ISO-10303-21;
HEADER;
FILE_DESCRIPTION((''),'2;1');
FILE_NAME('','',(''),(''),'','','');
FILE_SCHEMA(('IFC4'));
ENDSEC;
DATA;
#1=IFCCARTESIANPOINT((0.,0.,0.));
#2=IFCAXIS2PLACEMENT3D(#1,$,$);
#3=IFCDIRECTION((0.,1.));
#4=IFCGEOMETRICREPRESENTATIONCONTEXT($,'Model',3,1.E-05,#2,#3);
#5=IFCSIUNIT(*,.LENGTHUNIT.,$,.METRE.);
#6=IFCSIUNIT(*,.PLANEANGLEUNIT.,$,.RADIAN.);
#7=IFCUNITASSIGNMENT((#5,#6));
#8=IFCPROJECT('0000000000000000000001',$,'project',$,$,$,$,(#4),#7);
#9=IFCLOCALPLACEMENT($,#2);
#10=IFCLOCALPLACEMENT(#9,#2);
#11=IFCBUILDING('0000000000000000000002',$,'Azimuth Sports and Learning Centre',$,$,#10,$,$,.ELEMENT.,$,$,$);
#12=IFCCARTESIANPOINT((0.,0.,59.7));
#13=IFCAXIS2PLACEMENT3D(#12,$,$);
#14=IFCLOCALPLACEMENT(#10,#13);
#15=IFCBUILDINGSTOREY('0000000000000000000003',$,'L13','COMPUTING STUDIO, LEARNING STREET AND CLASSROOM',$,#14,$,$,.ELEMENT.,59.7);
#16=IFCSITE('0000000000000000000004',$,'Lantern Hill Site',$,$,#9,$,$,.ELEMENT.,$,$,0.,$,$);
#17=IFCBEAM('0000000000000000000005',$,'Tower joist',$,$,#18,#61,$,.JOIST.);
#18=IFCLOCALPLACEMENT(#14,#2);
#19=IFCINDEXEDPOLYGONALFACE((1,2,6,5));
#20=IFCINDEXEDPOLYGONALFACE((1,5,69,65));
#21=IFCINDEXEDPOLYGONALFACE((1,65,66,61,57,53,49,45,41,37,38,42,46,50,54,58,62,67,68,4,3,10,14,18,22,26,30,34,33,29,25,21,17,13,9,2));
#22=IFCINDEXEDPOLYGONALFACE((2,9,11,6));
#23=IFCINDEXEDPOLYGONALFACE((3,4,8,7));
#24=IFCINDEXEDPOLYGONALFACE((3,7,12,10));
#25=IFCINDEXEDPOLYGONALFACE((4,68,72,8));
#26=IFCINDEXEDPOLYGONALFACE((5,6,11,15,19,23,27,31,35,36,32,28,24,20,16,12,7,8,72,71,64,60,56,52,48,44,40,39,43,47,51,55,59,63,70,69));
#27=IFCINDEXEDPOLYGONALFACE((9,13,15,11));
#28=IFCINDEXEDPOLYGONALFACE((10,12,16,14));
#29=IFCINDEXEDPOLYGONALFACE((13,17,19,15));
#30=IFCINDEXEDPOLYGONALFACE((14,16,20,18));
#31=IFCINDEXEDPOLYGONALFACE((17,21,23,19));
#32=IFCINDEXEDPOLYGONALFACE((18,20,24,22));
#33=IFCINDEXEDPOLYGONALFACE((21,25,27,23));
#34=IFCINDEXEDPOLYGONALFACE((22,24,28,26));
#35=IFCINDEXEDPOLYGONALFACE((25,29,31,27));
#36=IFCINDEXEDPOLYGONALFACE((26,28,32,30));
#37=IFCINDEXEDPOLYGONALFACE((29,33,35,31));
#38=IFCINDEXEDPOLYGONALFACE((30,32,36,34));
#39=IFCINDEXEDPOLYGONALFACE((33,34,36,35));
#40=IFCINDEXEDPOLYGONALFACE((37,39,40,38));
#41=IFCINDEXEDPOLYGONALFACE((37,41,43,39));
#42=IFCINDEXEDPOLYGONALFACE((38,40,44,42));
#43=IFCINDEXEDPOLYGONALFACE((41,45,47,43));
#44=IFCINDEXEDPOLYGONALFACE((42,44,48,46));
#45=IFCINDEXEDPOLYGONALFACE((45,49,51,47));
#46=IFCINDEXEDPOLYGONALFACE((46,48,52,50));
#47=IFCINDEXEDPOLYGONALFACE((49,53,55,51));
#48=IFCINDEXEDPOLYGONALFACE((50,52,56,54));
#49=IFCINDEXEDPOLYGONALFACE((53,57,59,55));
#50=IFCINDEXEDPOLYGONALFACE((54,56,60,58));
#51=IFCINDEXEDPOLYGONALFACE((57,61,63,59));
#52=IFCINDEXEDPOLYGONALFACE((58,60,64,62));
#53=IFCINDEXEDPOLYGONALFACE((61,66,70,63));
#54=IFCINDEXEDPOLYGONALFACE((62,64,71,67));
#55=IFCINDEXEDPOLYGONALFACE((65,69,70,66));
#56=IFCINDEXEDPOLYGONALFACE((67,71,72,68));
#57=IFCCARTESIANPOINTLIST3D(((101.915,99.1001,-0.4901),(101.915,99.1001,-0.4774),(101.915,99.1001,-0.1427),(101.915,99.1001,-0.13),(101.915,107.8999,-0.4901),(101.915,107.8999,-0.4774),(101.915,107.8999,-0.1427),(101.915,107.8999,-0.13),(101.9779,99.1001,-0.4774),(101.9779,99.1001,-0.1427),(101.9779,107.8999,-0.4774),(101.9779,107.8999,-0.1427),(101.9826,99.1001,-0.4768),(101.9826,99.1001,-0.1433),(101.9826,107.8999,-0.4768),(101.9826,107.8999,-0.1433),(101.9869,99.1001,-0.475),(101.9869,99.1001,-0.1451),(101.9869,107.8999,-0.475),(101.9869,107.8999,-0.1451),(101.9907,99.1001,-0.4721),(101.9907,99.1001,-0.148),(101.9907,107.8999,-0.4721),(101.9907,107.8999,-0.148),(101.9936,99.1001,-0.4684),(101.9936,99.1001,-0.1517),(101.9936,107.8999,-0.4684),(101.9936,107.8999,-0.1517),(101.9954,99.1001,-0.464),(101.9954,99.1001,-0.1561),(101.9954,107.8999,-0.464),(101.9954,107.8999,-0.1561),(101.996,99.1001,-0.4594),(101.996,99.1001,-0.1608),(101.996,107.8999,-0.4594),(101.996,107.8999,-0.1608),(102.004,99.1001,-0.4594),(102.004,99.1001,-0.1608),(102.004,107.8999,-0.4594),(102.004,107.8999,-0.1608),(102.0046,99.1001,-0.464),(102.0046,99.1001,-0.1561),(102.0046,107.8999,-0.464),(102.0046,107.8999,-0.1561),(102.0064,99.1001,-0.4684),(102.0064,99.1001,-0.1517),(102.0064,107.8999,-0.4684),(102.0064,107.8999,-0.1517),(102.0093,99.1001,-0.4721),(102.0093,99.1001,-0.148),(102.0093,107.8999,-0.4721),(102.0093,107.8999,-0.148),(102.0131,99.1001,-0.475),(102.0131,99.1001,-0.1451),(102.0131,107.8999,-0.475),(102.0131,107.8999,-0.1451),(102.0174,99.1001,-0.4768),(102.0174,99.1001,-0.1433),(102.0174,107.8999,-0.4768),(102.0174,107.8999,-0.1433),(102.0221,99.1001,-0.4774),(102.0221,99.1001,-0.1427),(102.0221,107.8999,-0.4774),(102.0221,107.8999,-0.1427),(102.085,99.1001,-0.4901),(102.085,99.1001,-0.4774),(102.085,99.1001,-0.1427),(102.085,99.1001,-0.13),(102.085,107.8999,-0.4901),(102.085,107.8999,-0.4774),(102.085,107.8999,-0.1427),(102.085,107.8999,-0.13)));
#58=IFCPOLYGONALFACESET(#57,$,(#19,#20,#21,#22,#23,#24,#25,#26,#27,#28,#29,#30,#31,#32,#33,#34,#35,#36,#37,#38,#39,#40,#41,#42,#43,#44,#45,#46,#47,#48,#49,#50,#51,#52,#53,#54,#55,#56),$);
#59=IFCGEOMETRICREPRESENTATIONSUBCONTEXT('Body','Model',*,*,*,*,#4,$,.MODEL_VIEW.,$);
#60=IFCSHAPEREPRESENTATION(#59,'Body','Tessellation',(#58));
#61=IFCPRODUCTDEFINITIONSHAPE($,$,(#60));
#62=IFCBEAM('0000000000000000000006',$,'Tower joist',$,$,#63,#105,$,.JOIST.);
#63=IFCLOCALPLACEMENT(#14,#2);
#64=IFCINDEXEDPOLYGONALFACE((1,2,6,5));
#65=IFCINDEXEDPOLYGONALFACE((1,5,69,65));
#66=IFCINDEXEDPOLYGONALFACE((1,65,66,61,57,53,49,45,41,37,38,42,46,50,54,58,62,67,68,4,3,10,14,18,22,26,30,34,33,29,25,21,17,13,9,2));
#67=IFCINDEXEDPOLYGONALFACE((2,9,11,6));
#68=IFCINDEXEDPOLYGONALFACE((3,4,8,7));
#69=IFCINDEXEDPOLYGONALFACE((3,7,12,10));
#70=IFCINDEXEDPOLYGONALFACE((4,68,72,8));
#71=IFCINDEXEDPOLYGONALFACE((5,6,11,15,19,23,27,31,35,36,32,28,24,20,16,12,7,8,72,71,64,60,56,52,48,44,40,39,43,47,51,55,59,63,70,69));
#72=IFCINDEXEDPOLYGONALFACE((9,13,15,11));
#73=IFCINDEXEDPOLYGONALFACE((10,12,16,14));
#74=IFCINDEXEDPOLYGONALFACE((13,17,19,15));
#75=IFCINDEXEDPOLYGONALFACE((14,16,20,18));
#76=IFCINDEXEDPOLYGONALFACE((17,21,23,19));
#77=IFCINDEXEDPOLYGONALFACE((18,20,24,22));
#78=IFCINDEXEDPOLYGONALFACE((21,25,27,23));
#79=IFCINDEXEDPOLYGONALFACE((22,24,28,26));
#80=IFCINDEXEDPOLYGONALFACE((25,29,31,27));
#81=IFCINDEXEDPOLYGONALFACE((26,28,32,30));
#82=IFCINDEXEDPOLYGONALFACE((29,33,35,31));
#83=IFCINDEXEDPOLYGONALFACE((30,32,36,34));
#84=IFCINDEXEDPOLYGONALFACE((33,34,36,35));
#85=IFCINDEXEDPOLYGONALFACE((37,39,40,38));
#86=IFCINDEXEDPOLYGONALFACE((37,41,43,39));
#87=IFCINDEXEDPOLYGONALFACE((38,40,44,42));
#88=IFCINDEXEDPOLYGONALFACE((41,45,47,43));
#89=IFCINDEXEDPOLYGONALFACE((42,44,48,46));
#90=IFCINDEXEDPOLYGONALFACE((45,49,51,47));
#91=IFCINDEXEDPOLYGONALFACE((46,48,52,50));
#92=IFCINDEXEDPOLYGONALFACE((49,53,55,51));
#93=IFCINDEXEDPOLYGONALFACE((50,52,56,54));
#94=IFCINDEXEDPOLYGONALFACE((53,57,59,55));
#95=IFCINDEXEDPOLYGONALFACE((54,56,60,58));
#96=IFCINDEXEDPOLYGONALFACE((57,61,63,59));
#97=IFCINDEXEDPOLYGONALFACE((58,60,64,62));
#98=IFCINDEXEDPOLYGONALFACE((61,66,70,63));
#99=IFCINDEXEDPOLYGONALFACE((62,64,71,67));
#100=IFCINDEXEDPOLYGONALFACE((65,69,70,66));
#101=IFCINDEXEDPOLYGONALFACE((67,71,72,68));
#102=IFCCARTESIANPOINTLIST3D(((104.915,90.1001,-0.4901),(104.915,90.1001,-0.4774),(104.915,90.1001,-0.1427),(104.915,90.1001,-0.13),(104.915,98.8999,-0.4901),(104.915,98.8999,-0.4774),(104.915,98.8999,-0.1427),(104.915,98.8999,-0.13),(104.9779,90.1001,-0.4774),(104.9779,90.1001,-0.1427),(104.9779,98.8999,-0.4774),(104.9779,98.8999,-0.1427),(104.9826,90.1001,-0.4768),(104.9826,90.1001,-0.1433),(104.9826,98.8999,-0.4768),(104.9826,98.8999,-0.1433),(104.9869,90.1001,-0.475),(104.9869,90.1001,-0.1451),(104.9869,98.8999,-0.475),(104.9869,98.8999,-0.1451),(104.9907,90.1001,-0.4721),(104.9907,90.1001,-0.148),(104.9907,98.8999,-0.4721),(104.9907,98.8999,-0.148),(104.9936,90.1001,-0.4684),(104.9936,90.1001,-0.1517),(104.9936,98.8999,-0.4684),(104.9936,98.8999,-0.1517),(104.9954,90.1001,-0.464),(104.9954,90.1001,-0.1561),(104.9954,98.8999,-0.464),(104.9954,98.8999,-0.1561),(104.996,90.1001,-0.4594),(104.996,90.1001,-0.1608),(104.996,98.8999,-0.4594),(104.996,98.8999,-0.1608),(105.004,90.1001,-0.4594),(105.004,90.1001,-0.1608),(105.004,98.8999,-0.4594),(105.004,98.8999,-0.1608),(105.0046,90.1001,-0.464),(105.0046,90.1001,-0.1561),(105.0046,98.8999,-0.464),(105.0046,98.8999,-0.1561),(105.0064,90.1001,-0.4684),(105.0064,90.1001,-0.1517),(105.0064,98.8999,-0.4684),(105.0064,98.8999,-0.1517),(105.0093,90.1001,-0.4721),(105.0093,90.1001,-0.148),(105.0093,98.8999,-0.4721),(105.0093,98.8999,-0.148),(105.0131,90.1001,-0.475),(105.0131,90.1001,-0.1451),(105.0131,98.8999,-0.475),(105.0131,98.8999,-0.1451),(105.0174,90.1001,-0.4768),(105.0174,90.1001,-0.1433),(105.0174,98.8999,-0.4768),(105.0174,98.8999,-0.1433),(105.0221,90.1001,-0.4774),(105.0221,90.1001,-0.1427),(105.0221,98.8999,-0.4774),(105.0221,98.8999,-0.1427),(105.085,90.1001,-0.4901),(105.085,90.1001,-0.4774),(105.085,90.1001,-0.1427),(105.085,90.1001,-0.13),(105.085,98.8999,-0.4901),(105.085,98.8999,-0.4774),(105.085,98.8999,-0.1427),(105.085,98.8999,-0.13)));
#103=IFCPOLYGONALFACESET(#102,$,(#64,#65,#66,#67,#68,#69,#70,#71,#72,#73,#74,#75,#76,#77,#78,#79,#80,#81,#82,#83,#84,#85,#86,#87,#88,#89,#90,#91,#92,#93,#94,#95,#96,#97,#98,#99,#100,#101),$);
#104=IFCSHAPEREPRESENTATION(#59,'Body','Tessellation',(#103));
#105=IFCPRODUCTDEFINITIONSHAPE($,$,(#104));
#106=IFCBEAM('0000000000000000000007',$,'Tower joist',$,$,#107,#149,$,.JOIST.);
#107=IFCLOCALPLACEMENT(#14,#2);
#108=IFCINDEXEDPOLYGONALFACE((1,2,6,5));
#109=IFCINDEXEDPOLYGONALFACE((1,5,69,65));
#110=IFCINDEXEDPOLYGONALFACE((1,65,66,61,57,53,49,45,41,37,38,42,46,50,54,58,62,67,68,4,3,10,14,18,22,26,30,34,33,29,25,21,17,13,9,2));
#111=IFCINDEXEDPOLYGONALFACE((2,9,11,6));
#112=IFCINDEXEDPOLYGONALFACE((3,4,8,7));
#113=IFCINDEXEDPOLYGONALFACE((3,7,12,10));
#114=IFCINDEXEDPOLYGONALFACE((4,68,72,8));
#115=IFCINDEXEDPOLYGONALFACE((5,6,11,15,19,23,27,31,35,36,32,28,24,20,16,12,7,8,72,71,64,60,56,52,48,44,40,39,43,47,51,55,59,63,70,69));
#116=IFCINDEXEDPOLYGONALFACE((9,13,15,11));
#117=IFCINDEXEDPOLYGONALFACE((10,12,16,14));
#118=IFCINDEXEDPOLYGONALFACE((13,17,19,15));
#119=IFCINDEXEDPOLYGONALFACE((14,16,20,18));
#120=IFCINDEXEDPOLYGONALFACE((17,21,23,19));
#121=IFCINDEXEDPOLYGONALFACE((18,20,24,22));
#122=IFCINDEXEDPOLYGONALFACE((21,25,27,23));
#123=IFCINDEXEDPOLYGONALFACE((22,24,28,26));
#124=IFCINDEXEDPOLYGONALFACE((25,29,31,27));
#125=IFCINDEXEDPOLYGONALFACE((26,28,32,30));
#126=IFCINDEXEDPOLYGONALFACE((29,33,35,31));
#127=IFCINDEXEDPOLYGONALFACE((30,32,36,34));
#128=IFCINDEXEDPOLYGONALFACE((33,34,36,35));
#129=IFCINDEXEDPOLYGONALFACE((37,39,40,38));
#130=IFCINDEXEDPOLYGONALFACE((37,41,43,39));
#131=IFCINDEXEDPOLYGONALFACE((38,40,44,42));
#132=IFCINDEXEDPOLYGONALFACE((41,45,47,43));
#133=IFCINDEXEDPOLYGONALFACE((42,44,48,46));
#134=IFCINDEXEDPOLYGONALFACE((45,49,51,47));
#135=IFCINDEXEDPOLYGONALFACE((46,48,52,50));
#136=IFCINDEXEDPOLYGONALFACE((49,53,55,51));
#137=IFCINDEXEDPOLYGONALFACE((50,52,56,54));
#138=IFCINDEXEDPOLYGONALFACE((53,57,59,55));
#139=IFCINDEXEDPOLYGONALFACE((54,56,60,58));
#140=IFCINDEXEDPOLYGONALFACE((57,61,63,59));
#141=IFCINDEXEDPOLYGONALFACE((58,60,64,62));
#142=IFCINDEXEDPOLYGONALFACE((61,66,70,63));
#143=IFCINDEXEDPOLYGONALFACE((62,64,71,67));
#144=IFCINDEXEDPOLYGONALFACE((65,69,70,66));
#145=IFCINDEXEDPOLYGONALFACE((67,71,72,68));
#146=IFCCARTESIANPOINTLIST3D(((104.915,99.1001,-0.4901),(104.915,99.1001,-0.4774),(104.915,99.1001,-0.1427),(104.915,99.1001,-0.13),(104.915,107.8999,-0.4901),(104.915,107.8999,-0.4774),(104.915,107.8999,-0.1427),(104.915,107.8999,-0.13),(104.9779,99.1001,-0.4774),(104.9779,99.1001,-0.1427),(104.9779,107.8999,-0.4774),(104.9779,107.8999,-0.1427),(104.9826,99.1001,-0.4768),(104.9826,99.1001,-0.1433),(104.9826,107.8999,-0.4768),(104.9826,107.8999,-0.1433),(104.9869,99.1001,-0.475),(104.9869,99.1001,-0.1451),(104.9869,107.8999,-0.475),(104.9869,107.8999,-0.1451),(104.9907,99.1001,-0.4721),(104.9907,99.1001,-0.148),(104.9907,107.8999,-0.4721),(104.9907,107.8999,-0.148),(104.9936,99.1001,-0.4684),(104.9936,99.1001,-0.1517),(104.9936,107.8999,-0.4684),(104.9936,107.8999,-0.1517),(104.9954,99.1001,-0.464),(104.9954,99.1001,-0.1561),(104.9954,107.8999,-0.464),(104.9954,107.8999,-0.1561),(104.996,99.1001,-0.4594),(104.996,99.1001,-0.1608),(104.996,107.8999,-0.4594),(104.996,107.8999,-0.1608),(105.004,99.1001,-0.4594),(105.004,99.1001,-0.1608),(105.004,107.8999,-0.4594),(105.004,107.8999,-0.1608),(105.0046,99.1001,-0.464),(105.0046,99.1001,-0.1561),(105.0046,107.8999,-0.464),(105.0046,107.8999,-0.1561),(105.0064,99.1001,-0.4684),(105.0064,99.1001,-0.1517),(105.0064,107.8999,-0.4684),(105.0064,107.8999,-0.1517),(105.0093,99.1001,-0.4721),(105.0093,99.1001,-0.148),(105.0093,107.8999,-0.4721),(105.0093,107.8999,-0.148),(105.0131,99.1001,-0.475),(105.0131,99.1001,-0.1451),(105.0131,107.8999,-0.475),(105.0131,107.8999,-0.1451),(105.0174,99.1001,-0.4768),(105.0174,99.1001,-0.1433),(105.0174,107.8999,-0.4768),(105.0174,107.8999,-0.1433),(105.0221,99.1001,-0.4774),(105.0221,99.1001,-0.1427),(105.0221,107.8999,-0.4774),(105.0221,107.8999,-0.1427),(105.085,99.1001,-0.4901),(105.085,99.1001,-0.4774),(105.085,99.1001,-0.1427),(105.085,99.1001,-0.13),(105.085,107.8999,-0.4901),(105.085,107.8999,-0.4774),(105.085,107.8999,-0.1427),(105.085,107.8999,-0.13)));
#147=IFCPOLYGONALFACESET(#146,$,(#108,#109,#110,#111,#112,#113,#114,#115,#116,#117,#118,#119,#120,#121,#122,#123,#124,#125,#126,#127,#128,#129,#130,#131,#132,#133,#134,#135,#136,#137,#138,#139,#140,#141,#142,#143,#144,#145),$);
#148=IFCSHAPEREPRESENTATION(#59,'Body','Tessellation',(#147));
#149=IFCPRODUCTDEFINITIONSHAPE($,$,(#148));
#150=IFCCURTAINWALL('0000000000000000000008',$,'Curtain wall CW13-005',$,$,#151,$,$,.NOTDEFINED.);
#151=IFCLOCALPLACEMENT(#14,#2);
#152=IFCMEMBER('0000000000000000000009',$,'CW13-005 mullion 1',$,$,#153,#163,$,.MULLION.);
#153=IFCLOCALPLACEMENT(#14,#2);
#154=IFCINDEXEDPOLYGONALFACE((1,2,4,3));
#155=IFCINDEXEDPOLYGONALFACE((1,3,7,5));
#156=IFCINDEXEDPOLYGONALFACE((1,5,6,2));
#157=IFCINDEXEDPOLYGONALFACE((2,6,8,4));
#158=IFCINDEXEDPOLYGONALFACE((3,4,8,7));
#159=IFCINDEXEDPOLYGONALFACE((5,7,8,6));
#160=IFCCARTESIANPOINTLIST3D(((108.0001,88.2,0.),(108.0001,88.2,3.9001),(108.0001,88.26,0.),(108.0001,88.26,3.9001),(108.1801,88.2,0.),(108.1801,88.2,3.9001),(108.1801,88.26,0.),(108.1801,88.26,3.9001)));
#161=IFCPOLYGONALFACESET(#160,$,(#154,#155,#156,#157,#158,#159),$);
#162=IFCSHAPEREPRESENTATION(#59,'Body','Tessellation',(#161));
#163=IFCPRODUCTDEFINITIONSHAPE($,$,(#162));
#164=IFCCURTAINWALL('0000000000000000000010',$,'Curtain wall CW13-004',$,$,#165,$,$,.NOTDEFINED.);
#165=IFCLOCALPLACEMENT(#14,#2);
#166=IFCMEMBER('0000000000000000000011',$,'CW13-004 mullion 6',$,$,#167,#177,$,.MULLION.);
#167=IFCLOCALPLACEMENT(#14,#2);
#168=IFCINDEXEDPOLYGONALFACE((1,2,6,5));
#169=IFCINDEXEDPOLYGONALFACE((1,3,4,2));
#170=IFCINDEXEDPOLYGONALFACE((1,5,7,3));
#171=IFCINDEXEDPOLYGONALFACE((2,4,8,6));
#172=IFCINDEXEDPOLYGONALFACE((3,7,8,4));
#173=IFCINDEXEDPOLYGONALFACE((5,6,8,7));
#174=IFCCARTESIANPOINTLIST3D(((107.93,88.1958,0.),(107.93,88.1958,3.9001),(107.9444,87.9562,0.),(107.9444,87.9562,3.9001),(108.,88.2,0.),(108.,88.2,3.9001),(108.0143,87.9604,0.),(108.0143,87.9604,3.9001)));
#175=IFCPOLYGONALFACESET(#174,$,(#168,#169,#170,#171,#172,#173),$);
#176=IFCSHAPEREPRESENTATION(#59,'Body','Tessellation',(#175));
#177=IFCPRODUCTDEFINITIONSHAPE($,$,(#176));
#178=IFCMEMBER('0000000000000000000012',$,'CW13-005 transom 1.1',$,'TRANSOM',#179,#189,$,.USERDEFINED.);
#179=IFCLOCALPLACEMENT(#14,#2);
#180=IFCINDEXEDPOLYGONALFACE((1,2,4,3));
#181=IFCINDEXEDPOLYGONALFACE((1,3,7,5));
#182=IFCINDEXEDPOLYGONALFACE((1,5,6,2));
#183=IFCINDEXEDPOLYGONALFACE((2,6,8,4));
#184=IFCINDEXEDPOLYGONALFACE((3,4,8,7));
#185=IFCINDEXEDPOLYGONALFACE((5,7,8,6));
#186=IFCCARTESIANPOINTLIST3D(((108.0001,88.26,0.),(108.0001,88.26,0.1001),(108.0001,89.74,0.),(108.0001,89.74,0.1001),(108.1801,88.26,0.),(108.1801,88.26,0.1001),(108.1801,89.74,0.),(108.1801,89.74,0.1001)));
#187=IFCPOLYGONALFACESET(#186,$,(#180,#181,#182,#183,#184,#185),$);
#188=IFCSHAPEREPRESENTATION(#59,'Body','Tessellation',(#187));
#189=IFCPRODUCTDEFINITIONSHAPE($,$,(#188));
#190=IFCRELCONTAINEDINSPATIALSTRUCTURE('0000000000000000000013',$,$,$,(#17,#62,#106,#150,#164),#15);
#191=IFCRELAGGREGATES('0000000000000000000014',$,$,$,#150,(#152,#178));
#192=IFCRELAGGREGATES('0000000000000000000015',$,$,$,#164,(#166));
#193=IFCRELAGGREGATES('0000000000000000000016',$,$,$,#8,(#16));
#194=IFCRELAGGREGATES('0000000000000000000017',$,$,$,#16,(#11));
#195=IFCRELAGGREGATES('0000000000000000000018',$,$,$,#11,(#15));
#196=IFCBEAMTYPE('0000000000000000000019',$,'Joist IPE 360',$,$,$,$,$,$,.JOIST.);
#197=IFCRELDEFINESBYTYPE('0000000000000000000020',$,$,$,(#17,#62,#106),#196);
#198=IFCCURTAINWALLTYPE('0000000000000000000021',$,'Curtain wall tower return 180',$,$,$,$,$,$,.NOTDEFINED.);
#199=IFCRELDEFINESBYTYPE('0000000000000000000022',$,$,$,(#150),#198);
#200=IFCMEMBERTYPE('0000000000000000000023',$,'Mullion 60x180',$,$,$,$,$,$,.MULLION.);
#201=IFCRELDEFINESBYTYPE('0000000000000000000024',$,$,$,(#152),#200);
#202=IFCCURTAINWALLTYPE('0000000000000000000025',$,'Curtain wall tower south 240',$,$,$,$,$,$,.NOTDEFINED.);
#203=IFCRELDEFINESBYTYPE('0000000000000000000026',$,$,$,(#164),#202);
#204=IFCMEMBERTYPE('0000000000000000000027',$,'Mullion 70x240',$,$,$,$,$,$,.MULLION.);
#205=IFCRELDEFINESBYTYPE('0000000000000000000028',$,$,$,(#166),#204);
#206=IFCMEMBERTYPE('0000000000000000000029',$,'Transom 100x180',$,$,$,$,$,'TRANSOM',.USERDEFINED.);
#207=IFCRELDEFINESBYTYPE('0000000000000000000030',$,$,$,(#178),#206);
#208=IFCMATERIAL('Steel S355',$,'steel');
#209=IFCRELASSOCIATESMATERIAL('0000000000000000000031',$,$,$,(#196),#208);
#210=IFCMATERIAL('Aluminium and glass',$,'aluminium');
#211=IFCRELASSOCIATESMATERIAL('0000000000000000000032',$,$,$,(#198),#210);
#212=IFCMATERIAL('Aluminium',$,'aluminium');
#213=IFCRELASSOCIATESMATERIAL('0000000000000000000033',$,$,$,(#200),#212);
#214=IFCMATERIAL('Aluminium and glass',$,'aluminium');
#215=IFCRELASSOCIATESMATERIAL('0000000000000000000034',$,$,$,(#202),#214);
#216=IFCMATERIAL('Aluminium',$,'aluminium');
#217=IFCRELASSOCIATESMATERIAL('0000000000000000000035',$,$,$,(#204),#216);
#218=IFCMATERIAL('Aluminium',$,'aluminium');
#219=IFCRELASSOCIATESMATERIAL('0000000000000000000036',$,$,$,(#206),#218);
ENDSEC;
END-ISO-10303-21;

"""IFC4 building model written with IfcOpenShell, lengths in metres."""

from ifc_helpers import new_model, si_unit, direction, frame, origin, origin_2d, place, context, subcontext, project, spatial, rectangle, i_section, extrude, material, material_profile, profile_set, type_object, element, aggregate, save


model = new_model("IFC4")

# Units and contexts
model_context = context("Model", 3, precision=1e-05, world=origin(), true_north=direction((0.0, 1.0)))
body_context = subcontext(model_context, "Body", "Model", "MODEL_VIEW")
ifc_project = project(units=[si_unit("LENGTHUNIT", "METRE"), si_unit("PLANEANGLEUNIT", "RADIAN")], contexts=[model_context])

# Site, building, storey
site_placement = place(None, origin())
site = spatial("IfcSite", under=ifc_project, at=site_placement, Name="Lantern Hill Site", CompositionType="ELEMENT", RefElevation=0.0)
building_placement = place(site_placement, origin())
building = spatial("IfcBuilding", under=site, at=building_placement, Name="Azimuth Sports and Learning Centre", CompositionType="ELEMENT")
storey_placement = place(building_placement, frame((0.0, 0.0, 59.7)))
storey = spatial("IfcBuildingStorey", under=building, at=storey_placement, Name="L13", Description="COMPUTING STUDIO, LEARNING STREET AND CLASSROOM", CompositionType="ELEMENT", Elevation=59.7)

# Beams
ifc_material_1 = material(Name="Steel S355", Category="steel")
ifc_material_profile_1 = material_profile(ifc_material_1, i_section(OverallWidth=0.1699, OverallDepth=0.3601, WebThickness=0.0081, FlangeThickness=0.0127, FilletRadius=0.0181, at=origin_2d()), Name="IPE 360")
ifc_profile_set_1 = profile_set([ifc_material_profile_1], Name="Steel S355")
beam_type_1 = type_object("IfcBeamType", Name="Joist IPE 360", PredefinedType="JOIST", material=ifc_profile_set_1)
for number, where, z_axis, x_axis, name in (
    (1, (102.0, 99.1001, -0.3101), (0.0, 1.0, 0.0), (-1.0, 0.0, 0.0), "Tower joist"),
    (2, (105.0, 90.1001, -0.3101), (0.0, 1.0, 0.0), (-1.0, 0.0, 0.0), "Tower joist"),
    (3, (105.0, 99.1001, -0.3101), (0.0, 1.0, 0.0), (-1.0, 0.0, 0.0), "Tower joist"),
):
    element("IfcBeam", number, at=place(storey_placement, frame(where, z_axis=z_axis, x_axis=x_axis)), inside=storey, type_object=beam_type_1, Name=name, PredefinedType="JOIST", context=body_context, shape_type="SweptSolid", body=[
        extrude(i_section(OverallWidth=0.1699, OverallDepth=0.3601, WebThickness=0.0081, FlangeThickness=0.0127, FilletRadius=0.0181, at=origin_2d()), origin(), (0.0, 0.0, 1.0), 8.7998),
    ])

# Curtain walls, members
ifc_material_2 = material(Name="Aluminium and glass", Category="aluminium")
curtain_wall_type_1 = type_object("IfcCurtainWallType", Name="Curtain wall tower return 180", PredefinedType="NOTDEFINED", material=ifc_material_2)
curtain_wall_1_placement = place(storey_placement, origin())
curtain_wall_1 = element("IfcCurtainWall", 4, at=curtain_wall_1_placement, inside=storey, type_object=curtain_wall_type_1, Name="Curtain wall CW13-005", PredefinedType="NOTDEFINED")
ifc_material_3 = material(Name="Aluminium", Category="aluminium")
ifc_material_profile_2 = material_profile(ifc_material_3, rectangle(XDim=0.1799, YDim=0.0601, at=origin_2d()), Name="Mullion 60x180")
ifc_profile_set_2 = profile_set([ifc_material_profile_2], Name="Aluminium")
member_type_1 = type_object("IfcMemberType", Name="Mullion 60x180", PredefinedType="MULLION", material=ifc_profile_set_2)
member_1_placement = place(storey_placement, frame((108.0901, 88.23, 0.0), z_axis=(0.0, 0.0, 1.0), x_axis=(-1.0, 0.0, 0.0)))
member_1 = element("IfcMember", 5, at=member_1_placement, type_object=member_type_1, Name="CW13-005 mullion 1", PredefinedType="MULLION", context=body_context, shape_type="SweptSolid", body=[
    extrude(rectangle(XDim=0.1799, YDim=0.0601, at=origin_2d()), origin(), (0.0, 0.0, 1.0), 3.9001),
])
ifc_material_4 = material(Name="Aluminium and glass", Category="aluminium")
curtain_wall_type_2 = type_object("IfcCurtainWallType", Name="Curtain wall tower south 240", PredefinedType="NOTDEFINED", material=ifc_material_4)
curtain_wall_2_placement = place(storey_placement, origin())
curtain_wall_2 = element("IfcCurtainWall", 6, at=curtain_wall_2_placement, inside=storey, type_object=curtain_wall_type_2, Name="Curtain wall CW13-004", PredefinedType="NOTDEFINED")
ifc_material_5 = material(Name="Aluminium", Category="aluminium")
ifc_material_profile_3 = material_profile(ifc_material_5, rectangle(XDim=0.24, YDim=0.0701, at=origin_2d()), Name="Mullion 70x240")
ifc_profile_set_3 = profile_set([ifc_material_profile_3], Name="Aluminium")
member_type_2 = type_object("IfcMemberType", Name="Mullion 70x240", PredefinedType="MULLION", material=ifc_profile_set_3)
member_2_placement = place(storey_placement, frame((107.9722, 88.0781, 0.0), z_axis=(0.0, 0.0, 1.0), x_axis=(-0.059892, 0.998205, 0.0)))
member_2 = element("IfcMember", 7, at=member_2_placement, type_object=member_type_2, Name="CW13-004 mullion 6", PredefinedType="MULLION", context=body_context, shape_type="SweptSolid", body=[
    extrude(rectangle(XDim=0.24, YDim=0.0701, at=origin_2d()), origin(), (0.0, 0.0, 1.0), 3.9001),
])

# Member
ifc_material_6 = material(Name="Aluminium", Category="aluminium")
ifc_material_profile_4 = material_profile(ifc_material_6, rectangle(XDim=0.1799, YDim=0.1001, at=origin_2d()), Name="Transom 100x180")
ifc_profile_set_4 = profile_set([ifc_material_profile_4], Name="Aluminium")
member_type_3 = type_object("IfcMemberType", Name="Transom 100x180", ElementType="TRANSOM", PredefinedType="USERDEFINED", material=ifc_profile_set_4)
member_3_placement = place(storey_placement, frame((108.0901, 88.26, 0.05), z_axis=(0.0, 1.0, 0.0), x_axis=(-1.0, 0.0, 0.0)))
member_3 = element("IfcMember", 8, at=member_3_placement, type_object=member_type_3, Name="CW13-005 transom 1.1", ObjectType="TRANSOM", PredefinedType="USERDEFINED", context=body_context, shape_type="SweptSolid", body=[
    extrude(rectangle(XDim=0.1799, YDim=0.1001, at=origin_2d()), origin(), (0.0, 0.0, 1.0), 1.48),
])
aggregate(curtain_wall_1, [member_1, member_3])

aggregate(curtain_wall_2, [member_2])

save(model, "model.ifc")
